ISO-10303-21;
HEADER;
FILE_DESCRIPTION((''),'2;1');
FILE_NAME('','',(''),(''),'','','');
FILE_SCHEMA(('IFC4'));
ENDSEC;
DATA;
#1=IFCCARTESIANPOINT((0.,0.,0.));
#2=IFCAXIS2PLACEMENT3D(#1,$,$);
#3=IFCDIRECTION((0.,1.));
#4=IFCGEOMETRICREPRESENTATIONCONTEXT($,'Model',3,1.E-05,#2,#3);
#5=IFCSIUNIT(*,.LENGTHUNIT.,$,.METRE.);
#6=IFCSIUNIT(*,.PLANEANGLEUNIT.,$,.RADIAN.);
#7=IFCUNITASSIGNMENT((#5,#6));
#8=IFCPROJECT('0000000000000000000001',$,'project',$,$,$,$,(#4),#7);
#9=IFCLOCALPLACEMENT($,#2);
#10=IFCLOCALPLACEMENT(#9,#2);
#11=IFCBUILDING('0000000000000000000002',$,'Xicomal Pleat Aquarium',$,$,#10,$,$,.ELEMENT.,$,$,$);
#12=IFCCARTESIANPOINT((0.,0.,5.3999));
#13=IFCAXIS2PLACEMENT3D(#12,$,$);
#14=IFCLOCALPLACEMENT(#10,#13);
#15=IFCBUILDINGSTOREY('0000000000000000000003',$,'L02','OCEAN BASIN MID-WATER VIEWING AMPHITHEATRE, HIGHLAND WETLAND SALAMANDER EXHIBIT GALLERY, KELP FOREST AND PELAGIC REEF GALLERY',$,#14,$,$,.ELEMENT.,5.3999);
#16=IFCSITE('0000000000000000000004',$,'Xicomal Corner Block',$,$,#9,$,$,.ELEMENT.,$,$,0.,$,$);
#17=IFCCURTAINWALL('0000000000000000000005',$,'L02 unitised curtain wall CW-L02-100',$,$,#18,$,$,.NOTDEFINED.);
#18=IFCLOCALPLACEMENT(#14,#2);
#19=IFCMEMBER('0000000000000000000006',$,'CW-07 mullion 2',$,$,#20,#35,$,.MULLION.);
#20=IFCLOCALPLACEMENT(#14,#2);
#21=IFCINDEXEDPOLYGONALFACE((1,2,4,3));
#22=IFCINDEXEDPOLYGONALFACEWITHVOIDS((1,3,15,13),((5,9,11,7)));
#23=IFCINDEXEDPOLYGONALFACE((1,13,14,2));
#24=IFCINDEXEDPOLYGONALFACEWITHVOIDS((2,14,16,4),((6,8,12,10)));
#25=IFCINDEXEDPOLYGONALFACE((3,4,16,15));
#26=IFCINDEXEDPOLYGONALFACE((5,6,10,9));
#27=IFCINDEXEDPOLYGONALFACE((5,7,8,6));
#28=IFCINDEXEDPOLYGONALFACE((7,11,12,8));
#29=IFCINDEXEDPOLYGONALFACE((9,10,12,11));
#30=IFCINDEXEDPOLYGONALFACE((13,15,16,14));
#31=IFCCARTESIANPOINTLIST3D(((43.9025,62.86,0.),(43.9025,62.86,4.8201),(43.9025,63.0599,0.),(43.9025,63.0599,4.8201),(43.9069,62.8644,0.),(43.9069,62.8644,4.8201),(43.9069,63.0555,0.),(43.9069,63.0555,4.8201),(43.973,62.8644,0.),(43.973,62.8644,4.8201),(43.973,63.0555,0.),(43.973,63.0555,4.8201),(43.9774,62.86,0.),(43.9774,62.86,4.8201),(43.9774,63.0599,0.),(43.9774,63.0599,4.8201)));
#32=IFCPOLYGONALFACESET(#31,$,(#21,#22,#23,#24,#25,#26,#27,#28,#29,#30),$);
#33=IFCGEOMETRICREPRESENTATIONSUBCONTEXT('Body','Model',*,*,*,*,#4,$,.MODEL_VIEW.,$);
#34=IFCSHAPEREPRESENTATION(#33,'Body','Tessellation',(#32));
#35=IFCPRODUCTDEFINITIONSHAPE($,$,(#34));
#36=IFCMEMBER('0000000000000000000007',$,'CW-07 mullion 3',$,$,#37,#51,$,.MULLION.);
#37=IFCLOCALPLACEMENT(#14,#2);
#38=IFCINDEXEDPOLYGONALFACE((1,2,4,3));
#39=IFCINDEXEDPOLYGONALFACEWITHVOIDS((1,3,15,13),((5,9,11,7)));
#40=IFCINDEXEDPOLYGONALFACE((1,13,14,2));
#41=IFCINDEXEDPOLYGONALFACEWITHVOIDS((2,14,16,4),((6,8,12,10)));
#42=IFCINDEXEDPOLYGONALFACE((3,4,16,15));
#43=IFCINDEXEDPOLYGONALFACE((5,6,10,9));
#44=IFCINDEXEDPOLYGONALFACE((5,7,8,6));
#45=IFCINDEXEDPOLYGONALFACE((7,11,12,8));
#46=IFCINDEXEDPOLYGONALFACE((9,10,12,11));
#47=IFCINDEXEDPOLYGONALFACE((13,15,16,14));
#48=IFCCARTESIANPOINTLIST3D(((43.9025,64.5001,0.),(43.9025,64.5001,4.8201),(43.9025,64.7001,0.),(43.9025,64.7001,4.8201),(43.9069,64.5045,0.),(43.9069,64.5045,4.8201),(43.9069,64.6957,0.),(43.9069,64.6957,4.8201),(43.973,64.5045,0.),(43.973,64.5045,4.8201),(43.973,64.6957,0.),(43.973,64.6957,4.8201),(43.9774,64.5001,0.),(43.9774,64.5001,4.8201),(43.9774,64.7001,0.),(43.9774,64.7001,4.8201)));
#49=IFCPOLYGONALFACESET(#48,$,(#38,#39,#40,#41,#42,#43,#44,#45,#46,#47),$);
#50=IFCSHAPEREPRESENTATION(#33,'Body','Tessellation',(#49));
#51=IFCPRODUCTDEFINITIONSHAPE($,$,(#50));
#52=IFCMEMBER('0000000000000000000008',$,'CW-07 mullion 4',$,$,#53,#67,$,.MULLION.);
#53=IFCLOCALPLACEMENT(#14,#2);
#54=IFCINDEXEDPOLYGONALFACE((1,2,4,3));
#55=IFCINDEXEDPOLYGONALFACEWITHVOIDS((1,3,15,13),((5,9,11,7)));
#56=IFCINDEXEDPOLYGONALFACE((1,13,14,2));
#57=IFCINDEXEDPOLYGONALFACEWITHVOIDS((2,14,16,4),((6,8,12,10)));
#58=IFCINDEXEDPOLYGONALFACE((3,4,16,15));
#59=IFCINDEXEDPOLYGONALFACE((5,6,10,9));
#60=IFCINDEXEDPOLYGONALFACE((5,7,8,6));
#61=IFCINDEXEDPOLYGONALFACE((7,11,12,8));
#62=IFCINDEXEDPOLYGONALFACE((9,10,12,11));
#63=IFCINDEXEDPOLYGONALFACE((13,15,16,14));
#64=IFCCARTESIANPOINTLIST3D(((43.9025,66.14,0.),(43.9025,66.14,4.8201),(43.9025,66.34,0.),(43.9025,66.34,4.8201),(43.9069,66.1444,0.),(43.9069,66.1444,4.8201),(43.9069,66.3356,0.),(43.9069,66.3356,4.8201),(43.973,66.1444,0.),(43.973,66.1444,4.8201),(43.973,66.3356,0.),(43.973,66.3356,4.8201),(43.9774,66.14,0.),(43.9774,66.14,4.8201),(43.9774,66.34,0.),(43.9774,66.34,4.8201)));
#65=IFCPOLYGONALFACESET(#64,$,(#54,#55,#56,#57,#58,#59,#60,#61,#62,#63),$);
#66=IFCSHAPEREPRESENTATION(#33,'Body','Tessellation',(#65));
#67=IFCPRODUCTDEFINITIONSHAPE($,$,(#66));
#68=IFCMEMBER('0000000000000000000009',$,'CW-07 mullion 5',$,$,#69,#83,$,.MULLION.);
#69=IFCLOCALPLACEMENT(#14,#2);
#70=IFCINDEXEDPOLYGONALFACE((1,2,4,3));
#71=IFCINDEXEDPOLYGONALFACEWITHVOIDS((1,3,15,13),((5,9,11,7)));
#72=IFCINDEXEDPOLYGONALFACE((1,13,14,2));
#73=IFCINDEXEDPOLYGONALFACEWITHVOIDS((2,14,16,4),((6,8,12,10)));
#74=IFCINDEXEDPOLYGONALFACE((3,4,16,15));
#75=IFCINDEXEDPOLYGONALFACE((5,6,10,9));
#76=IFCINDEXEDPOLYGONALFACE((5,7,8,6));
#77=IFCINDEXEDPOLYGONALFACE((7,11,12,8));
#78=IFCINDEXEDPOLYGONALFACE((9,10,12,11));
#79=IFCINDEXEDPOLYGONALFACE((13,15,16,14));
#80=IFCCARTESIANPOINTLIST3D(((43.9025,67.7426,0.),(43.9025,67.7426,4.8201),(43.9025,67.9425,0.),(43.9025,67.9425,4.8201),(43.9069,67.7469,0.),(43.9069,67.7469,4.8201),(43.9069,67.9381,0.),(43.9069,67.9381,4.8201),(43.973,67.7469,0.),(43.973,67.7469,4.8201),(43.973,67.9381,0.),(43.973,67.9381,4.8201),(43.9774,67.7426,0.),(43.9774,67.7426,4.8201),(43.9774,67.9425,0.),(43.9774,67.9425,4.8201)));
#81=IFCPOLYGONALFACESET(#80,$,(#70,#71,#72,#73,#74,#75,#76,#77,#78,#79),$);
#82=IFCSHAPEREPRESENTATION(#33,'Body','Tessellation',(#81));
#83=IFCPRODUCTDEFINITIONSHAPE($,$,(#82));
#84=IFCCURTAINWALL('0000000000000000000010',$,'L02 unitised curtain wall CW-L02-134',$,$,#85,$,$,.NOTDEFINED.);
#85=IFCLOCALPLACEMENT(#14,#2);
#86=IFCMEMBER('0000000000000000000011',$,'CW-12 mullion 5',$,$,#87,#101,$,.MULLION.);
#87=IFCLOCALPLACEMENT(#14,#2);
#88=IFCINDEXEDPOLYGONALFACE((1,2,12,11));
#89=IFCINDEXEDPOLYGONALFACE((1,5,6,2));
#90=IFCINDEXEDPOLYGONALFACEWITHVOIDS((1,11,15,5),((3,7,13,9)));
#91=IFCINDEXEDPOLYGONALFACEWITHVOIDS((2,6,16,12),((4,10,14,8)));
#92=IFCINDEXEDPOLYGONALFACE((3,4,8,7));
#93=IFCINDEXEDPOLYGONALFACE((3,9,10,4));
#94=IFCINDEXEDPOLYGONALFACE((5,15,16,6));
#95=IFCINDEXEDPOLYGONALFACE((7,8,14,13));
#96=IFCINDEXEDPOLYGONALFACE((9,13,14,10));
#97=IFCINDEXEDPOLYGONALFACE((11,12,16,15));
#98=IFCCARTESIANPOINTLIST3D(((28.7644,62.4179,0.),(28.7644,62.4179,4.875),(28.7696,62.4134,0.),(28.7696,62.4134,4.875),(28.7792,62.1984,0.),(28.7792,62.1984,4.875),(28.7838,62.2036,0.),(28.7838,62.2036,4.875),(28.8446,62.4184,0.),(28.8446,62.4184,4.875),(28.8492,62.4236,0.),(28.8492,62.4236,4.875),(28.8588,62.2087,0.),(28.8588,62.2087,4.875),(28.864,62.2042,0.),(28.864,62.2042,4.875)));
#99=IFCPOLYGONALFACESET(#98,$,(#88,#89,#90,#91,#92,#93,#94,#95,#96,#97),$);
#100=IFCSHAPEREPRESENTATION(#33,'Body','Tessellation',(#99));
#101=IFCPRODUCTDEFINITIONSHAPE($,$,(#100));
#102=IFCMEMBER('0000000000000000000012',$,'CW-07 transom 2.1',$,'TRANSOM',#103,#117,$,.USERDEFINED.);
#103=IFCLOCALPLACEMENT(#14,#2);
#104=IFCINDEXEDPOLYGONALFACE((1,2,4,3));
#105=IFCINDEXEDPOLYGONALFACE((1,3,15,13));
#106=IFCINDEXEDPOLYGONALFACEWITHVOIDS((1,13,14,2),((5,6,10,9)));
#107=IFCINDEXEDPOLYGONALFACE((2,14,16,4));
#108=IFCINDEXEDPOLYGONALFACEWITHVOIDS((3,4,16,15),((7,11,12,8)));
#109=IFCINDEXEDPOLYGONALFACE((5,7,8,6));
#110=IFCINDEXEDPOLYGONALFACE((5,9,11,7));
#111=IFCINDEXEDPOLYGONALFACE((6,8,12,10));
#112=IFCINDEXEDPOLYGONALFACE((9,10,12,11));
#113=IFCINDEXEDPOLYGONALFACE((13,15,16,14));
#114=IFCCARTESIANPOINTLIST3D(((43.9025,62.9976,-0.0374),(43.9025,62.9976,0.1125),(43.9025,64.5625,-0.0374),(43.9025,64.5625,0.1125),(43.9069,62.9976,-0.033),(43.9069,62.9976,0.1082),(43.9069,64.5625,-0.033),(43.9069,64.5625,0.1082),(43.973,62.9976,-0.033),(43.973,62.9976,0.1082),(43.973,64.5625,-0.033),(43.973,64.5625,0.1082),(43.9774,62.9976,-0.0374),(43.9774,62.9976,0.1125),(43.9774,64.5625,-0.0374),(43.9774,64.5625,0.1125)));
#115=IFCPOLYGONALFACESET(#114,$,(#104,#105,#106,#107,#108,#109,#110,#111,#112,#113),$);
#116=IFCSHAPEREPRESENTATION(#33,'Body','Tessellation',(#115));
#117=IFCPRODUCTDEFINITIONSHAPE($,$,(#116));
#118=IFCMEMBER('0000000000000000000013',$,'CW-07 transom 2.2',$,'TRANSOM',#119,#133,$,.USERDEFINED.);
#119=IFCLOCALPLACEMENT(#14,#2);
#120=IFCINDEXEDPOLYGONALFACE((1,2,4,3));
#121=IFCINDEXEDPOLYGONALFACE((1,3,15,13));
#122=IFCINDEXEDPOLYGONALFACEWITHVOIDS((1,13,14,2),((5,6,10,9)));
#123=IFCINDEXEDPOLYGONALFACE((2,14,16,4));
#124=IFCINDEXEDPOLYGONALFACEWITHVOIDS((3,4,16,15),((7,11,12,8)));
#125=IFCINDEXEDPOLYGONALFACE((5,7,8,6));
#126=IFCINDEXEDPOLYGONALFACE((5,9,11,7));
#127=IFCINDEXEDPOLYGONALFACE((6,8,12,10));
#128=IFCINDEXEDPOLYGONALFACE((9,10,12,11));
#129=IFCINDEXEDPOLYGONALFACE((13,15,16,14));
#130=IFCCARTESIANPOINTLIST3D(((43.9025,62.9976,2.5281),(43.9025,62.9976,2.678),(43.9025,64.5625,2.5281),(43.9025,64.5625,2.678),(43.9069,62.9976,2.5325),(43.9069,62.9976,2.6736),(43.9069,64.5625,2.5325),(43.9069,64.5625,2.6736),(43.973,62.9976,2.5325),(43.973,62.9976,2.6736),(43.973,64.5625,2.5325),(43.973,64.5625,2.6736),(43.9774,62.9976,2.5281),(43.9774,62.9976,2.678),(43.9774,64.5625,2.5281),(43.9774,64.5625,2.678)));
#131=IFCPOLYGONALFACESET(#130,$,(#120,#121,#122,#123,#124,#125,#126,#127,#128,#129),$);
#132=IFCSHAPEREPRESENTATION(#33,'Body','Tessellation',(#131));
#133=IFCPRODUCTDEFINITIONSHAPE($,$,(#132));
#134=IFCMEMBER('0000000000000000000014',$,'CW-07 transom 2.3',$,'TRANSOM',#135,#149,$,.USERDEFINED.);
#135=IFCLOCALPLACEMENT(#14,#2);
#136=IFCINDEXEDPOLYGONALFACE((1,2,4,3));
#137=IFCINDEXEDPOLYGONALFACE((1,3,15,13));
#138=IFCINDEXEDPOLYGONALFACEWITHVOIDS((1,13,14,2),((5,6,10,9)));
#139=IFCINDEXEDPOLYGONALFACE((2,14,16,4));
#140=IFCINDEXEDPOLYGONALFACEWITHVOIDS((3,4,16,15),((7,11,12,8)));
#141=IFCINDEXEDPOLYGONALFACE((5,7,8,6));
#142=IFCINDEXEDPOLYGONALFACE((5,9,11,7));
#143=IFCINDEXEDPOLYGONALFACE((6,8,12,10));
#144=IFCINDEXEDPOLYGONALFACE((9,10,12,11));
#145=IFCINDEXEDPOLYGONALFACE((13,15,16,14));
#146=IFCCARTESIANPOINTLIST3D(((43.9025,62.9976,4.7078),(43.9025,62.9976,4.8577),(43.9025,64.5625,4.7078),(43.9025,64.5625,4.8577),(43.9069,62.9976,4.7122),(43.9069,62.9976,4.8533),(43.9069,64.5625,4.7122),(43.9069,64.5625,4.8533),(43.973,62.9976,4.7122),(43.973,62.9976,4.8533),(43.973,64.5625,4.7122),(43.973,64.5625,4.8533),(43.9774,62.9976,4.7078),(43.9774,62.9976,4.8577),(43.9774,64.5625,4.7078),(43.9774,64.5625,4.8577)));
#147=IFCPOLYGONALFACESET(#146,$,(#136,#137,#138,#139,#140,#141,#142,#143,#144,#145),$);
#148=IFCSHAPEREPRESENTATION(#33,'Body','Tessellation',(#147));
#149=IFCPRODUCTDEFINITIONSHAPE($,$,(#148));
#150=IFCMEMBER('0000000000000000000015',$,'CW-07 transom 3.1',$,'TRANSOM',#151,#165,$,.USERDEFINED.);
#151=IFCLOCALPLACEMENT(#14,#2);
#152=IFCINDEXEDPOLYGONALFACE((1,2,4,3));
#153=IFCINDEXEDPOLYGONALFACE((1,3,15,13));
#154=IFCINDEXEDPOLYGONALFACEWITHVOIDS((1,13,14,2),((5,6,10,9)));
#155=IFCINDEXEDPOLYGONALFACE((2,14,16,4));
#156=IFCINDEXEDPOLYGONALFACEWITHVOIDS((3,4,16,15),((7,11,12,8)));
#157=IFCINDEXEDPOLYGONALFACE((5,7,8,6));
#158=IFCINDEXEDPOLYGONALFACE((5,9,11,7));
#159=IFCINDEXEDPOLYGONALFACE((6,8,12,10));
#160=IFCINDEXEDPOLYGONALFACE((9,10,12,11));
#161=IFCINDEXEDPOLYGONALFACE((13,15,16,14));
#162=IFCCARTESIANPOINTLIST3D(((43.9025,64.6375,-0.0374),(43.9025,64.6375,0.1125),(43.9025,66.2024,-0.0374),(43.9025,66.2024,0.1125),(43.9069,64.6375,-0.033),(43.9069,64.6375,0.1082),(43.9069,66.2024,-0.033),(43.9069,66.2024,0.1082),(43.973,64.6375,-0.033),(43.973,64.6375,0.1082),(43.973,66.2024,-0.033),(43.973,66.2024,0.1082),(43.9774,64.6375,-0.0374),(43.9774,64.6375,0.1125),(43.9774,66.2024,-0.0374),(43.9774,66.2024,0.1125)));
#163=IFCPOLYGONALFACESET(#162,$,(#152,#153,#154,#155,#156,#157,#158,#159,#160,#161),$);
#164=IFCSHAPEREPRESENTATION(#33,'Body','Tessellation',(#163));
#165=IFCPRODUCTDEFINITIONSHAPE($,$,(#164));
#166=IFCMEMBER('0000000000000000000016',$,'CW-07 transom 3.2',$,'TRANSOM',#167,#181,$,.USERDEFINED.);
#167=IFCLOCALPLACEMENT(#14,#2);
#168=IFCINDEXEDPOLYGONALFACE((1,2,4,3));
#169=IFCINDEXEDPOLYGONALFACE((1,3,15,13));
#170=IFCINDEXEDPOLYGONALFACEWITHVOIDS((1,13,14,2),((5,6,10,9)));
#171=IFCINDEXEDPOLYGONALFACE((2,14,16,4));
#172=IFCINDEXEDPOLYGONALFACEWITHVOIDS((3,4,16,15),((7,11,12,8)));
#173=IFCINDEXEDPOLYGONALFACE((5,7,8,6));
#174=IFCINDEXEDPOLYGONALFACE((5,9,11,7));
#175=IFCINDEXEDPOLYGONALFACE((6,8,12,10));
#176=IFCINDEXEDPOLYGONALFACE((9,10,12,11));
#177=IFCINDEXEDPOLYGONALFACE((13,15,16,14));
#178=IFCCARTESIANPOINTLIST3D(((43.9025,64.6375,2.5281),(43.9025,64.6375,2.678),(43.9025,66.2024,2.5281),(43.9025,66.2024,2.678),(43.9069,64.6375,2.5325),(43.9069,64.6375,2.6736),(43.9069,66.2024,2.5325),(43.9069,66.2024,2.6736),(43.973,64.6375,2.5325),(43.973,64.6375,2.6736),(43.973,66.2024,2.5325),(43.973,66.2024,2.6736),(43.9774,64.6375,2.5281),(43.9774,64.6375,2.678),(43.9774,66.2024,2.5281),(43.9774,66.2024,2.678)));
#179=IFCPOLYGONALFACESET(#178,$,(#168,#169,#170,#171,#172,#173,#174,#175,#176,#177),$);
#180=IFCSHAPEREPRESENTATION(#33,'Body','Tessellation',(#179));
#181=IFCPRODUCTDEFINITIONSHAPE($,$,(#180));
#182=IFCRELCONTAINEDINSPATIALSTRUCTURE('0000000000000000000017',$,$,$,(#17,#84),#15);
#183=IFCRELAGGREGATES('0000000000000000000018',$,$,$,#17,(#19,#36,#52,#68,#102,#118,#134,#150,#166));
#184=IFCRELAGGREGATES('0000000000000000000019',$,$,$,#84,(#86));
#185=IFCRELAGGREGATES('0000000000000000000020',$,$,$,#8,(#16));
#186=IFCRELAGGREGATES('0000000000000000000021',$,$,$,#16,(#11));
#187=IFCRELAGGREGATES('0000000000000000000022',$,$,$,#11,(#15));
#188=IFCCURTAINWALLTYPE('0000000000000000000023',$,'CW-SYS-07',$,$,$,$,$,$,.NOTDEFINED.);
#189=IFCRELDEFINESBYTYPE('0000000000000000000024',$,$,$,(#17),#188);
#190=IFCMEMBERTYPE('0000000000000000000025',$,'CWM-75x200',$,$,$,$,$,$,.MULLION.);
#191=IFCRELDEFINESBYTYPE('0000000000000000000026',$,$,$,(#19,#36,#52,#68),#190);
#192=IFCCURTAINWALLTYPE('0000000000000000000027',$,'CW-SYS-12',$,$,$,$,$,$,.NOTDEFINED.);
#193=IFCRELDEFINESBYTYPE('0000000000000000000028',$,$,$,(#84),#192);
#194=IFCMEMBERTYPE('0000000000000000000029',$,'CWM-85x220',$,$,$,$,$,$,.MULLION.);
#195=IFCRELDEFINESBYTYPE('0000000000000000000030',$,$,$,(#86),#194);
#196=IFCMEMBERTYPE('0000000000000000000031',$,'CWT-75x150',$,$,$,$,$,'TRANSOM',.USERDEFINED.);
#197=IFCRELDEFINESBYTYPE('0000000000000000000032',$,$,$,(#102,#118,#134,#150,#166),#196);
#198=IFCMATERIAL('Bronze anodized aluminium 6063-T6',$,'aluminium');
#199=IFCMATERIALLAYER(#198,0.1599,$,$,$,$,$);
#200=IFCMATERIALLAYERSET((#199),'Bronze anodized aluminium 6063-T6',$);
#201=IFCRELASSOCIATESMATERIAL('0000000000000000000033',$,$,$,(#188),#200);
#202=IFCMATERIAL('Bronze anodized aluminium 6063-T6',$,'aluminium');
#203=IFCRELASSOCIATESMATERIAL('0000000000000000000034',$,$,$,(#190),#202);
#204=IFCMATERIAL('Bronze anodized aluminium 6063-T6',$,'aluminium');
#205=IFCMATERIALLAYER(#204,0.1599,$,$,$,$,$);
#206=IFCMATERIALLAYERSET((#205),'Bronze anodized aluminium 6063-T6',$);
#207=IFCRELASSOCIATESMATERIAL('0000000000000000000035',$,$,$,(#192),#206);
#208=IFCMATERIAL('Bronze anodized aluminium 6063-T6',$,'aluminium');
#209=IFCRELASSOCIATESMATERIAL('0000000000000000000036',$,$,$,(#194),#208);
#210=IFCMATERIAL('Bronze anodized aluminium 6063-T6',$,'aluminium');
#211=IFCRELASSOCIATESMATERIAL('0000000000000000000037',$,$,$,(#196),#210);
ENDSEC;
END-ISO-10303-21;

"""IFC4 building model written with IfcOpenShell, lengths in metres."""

from ifc_helpers import new_model, si_unit, direction, frame, origin, origin_2d, place, context, subcontext, project, spatial, hollow_rectangle, extrude, material, layer, layer_set, material_profile, profile_set, type_object, element, aggregate, save


model = new_model("IFC4")

# Units and contexts
model_context = context("Model", 3, precision=1e-05, world=origin(), true_north=direction((0.0, 1.0)))
body_context = subcontext(model_context, "Body", "Model", "MODEL_VIEW")
ifc_project = project(units=[si_unit("LENGTHUNIT", "METRE"), si_unit("PLANEANGLEUNIT", "RADIAN")], contexts=[model_context])

# Site, building, storey
site_placement = place(None, origin())
site = spatial("IfcSite", under=ifc_project, at=site_placement, Name="Xicomal Corner Block", CompositionType="ELEMENT", RefElevation=0.0)
building_placement = place(site_placement, origin())
building = spatial("IfcBuilding", under=site, at=building_placement, Name="Xicomal Pleat Aquarium", CompositionType="ELEMENT")
storey_placement = place(building_placement, frame((0.0, 0.0, 5.3999)))
storey = spatial("IfcBuildingStorey", under=building, at=storey_placement, Name="L02", Description="OCEAN BASIN MID-WATER VIEWING AMPHITHEATRE, HIGHLAND WETLAND SALAMANDER EXHIBIT GALLERY, KELP FOREST AND PELAGIC REEF GALLERY", CompositionType="ELEMENT", Elevation=5.3999)

# Curtain wall, members
ifc_material_1 = material(Name="Bronze anodized aluminium 6063-T6", Category="aluminium")
ifc_layer_1 = layer(ifc_material_1, 0.1599)
ifc_layer_set_1 = layer_set([ifc_layer_1], Name="Bronze anodized aluminium 6063-T6")
curtain_wall_type_1 = type_object("IfcCurtainWallType", Name="CW-SYS-07", PredefinedType="NOTDEFINED", material=ifc_layer_set_1)
curtain_wall_1_placement = place(storey_placement, origin())
curtain_wall_1 = element("IfcCurtainWall", 1, at=curtain_wall_1_placement, inside=storey, type_object=curtain_wall_type_1, Name="L02 unitised curtain wall CW-L02-100", PredefinedType="NOTDEFINED")
ifc_material_2 = material(Name="Bronze anodized aluminium 6063-T6", Category="aluminium")
ifc_material_profile_1 = material_profile(ifc_material_2, hollow_rectangle(XDim=0.075, YDim=0.2, WallThickness=0.0044, at=origin_2d()), Name="ALU MULL 75x200")
ifc_profile_set_1 = profile_set([ifc_material_profile_1], Name="Bronze anodized aluminium 6063-T6")
member_type_1 = type_object("IfcMemberType", Name="CWM-75x200", PredefinedType="MULLION", material=ifc_profile_set_1)
member_1_placement = place(storey_placement, frame((43.9399, 62.96, 0.0), z_axis=(0.0, 0.0, 1.0), x_axis=(-1.0, 0.0, 0.0)))
member_1 = element("IfcMember", 2, at=member_1_placement, type_object=member_type_1, Name="CW-07 mullion 2", PredefinedType="MULLION", context=body_context, shape_type="SweptSolid", body=[
    extrude(hollow_rectangle(XDim=0.075, YDim=0.2, WallThickness=0.0044, at=origin_2d()), origin(), (0.0, 0.0, 1.0), 4.8201),
])
member_2_placement = place(storey_placement, frame((43.9399, 64.6001, 0.0), z_axis=(0.0, 0.0, 1.0), x_axis=(-1.0, 0.0, 0.0)))
member_2 = element("IfcMember", 3, at=member_2_placement, type_object=member_type_1, Name="CW-07 mullion 3", PredefinedType="MULLION", context=body_context, shape_type="SweptSolid", body=[
    extrude(hollow_rectangle(XDim=0.075, YDim=0.2, WallThickness=0.0044, at=origin_2d()), origin(), (0.0, 0.0, 1.0), 4.8201),
])
member_3_placement = place(storey_placement, frame((43.9399, 66.24, 0.0), z_axis=(0.0, 0.0, 1.0), x_axis=(-1.0, 0.0, 0.0)))
member_3 = element("IfcMember", 4, at=member_3_placement, type_object=member_type_1, Name="CW-07 mullion 4", PredefinedType="MULLION", context=body_context, shape_type="SweptSolid", body=[
    extrude(hollow_rectangle(XDim=0.075, YDim=0.2, WallThickness=0.0044, at=origin_2d()), origin(), (0.0, 0.0, 1.0), 4.8201),
])
member_4_placement = place(storey_placement, frame((43.9399, 67.8425, 0.0), z_axis=(0.0, 0.0, 1.0), x_axis=(-1.0, 0.0, 0.0)))
member_4 = element("IfcMember", 5, at=member_4_placement, type_object=member_type_1, Name="CW-07 mullion 5", PredefinedType="MULLION", context=body_context, shape_type="SweptSolid", body=[
    extrude(hollow_rectangle(XDim=0.075, YDim=0.2, WallThickness=0.0044, at=origin_2d()), origin(), (0.0, 0.0, 1.0), 4.8201),
])

# Curtain wall, member
ifc_material_3 = material(Name="Bronze anodized aluminium 6063-T6", Category="aluminium")
ifc_layer_2 = layer(ifc_material_3, 0.1599)
ifc_layer_set_2 = layer_set([ifc_layer_2], Name="Bronze anodized aluminium 6063-T6")
curtain_wall_type_2 = type_object("IfcCurtainWallType", Name="CW-SYS-12", PredefinedType="NOTDEFINED", material=ifc_layer_set_2)
curtain_wall_2_placement = place(storey_placement, origin())
curtain_wall_2 = element("IfcCurtainWall", 6, at=curtain_wall_2_placement, inside=storey, type_object=curtain_wall_type_2, Name="L02 unitised curtain wall CW-L02-134", PredefinedType="NOTDEFINED")
ifc_material_4 = material(Name="Bronze anodized aluminium 6063-T6", Category="aluminium")
ifc_material_profile_2 = material_profile(ifc_material_4, hollow_rectangle(XDim=0.085, YDim=0.22, WallThickness=0.0049, at=origin_2d()), Name="ALU MULL 85x220")
ifc_profile_set_2 = profile_set([ifc_material_profile_2], Name="Bronze anodized aluminium 6063-T6")
member_type_2 = type_object("IfcMemberType", Name="CWM-85x220", PredefinedType="MULLION", material=ifc_profile_set_2)
member_5_placement = place(storey_placement, frame((28.8142, 62.311, 0.0), z_axis=(0.0, 0.0, 1.0), x_axis=(0.997721, 0.067477, 0.0)))
member_5 = element("IfcMember", 7, at=member_5_placement, type_object=member_type_2, Name="CW-12 mullion 5", PredefinedType="MULLION", context=body_context, shape_type="SweptSolid", body=[
    extrude(hollow_rectangle(XDim=0.085, YDim=0.22, WallThickness=0.0049, at=origin_2d()), origin(), (0.0, 0.0, 1.0), 4.875),
])

# Members
ifc_material_5 = material(Name="Bronze anodized aluminium 6063-T6", Category="aluminium")
ifc_material_profile_3 = material_profile(ifc_material_5, hollow_rectangle(XDim=0.075, YDim=0.1499, WallThickness=0.0044, at=origin_2d()), Name="ALU TRAN 75x150")
ifc_profile_set_3 = profile_set([ifc_material_profile_3], Name="Bronze anodized aluminium 6063-T6")
member_type_3 = type_object("IfcMemberType", Name="CWT-75x150", ElementType="TRANSOM", PredefinedType="USERDEFINED", material=ifc_profile_set_3)
member_6_placement = place(storey_placement, frame((43.9399, 62.9976, 0.0376), z_axis=(0.0, 1.0, 0.0), x_axis=(-1.0, 0.0, 0.0)))
member_6 = element("IfcMember", 8, at=member_6_placement, type_object=member_type_3, Name="CW-07 transom 2.1", ObjectType="TRANSOM", PredefinedType="USERDEFINED", context=body_context, shape_type="SweptSolid", body=[
    extrude(hollow_rectangle(XDim=0.075, YDim=0.1499, WallThickness=0.0044, at=origin_2d()), origin(), (0.0, 0.0, 1.0), 1.5649),
])
member_7_placement = place(storey_placement, frame((43.9399, 62.9976, 2.603), z_axis=(0.0, 1.0, 0.0), x_axis=(-1.0, 0.0, 0.0)))
member_7 = element("IfcMember", 9, at=member_7_placement, type_object=member_type_3, Name="CW-07 transom 2.2", ObjectType="TRANSOM", PredefinedType="USERDEFINED", context=body_context, shape_type="SweptSolid", body=[
    extrude(hollow_rectangle(XDim=0.075, YDim=0.1499, WallThickness=0.0044, at=origin_2d()), origin(), (0.0, 0.0, 1.0), 1.5649),
])
member_8_placement = place(storey_placement, frame((43.9399, 62.9976, 4.7827), z_axis=(0.0, 1.0, 0.0), x_axis=(-1.0, 0.0, 0.0)))
member_8 = element("IfcMember", 10, at=member_8_placement, type_object=member_type_3, Name="CW-07 transom 2.3", ObjectType="TRANSOM", PredefinedType="USERDEFINED", context=body_context, shape_type="SweptSolid", body=[
    extrude(hollow_rectangle(XDim=0.075, YDim=0.1499, WallThickness=0.0044, at=origin_2d()), origin(), (0.0, 0.0, 1.0), 1.5649),
])
member_9_placement = place(storey_placement, frame((43.9399, 64.6375, 0.0376), z_axis=(0.0, 1.0, 0.0), x_axis=(-1.0, 0.0, 0.0)))
member_9 = element("IfcMember", 11, at=member_9_placement, type_object=member_type_3, Name="CW-07 transom 3.1", ObjectType="TRANSOM", PredefinedType="USERDEFINED", context=body_context, shape_type="SweptSolid", body=[
    extrude(hollow_rectangle(XDim=0.075, YDim=0.1499, WallThickness=0.0044, at=origin_2d()), origin(), (0.0, 0.0, 1.0), 1.5649),
])
member_10_placement = place(storey_placement, frame((43.9399, 64.6375, 2.603), z_axis=(0.0, 1.0, 0.0), x_axis=(-1.0, 0.0, 0.0)))
member_10 = element("IfcMember", 12, at=member_10_placement, type_object=member_type_3, Name="CW-07 transom 3.2", ObjectType="TRANSOM", PredefinedType="USERDEFINED", context=body_context, shape_type="SweptSolid", body=[
    extrude(hollow_rectangle(XDim=0.075, YDim=0.1499, WallThickness=0.0044, at=origin_2d()), origin(), (0.0, 0.0, 1.0), 1.5649),
])

aggregate(curtain_wall_1, [member_1, member_2, member_3, member_4, member_6, member_7, member_8, member_9, member_10])
aggregate(curtain_wall_2, [member_5])

save(model, "model.ifc")
